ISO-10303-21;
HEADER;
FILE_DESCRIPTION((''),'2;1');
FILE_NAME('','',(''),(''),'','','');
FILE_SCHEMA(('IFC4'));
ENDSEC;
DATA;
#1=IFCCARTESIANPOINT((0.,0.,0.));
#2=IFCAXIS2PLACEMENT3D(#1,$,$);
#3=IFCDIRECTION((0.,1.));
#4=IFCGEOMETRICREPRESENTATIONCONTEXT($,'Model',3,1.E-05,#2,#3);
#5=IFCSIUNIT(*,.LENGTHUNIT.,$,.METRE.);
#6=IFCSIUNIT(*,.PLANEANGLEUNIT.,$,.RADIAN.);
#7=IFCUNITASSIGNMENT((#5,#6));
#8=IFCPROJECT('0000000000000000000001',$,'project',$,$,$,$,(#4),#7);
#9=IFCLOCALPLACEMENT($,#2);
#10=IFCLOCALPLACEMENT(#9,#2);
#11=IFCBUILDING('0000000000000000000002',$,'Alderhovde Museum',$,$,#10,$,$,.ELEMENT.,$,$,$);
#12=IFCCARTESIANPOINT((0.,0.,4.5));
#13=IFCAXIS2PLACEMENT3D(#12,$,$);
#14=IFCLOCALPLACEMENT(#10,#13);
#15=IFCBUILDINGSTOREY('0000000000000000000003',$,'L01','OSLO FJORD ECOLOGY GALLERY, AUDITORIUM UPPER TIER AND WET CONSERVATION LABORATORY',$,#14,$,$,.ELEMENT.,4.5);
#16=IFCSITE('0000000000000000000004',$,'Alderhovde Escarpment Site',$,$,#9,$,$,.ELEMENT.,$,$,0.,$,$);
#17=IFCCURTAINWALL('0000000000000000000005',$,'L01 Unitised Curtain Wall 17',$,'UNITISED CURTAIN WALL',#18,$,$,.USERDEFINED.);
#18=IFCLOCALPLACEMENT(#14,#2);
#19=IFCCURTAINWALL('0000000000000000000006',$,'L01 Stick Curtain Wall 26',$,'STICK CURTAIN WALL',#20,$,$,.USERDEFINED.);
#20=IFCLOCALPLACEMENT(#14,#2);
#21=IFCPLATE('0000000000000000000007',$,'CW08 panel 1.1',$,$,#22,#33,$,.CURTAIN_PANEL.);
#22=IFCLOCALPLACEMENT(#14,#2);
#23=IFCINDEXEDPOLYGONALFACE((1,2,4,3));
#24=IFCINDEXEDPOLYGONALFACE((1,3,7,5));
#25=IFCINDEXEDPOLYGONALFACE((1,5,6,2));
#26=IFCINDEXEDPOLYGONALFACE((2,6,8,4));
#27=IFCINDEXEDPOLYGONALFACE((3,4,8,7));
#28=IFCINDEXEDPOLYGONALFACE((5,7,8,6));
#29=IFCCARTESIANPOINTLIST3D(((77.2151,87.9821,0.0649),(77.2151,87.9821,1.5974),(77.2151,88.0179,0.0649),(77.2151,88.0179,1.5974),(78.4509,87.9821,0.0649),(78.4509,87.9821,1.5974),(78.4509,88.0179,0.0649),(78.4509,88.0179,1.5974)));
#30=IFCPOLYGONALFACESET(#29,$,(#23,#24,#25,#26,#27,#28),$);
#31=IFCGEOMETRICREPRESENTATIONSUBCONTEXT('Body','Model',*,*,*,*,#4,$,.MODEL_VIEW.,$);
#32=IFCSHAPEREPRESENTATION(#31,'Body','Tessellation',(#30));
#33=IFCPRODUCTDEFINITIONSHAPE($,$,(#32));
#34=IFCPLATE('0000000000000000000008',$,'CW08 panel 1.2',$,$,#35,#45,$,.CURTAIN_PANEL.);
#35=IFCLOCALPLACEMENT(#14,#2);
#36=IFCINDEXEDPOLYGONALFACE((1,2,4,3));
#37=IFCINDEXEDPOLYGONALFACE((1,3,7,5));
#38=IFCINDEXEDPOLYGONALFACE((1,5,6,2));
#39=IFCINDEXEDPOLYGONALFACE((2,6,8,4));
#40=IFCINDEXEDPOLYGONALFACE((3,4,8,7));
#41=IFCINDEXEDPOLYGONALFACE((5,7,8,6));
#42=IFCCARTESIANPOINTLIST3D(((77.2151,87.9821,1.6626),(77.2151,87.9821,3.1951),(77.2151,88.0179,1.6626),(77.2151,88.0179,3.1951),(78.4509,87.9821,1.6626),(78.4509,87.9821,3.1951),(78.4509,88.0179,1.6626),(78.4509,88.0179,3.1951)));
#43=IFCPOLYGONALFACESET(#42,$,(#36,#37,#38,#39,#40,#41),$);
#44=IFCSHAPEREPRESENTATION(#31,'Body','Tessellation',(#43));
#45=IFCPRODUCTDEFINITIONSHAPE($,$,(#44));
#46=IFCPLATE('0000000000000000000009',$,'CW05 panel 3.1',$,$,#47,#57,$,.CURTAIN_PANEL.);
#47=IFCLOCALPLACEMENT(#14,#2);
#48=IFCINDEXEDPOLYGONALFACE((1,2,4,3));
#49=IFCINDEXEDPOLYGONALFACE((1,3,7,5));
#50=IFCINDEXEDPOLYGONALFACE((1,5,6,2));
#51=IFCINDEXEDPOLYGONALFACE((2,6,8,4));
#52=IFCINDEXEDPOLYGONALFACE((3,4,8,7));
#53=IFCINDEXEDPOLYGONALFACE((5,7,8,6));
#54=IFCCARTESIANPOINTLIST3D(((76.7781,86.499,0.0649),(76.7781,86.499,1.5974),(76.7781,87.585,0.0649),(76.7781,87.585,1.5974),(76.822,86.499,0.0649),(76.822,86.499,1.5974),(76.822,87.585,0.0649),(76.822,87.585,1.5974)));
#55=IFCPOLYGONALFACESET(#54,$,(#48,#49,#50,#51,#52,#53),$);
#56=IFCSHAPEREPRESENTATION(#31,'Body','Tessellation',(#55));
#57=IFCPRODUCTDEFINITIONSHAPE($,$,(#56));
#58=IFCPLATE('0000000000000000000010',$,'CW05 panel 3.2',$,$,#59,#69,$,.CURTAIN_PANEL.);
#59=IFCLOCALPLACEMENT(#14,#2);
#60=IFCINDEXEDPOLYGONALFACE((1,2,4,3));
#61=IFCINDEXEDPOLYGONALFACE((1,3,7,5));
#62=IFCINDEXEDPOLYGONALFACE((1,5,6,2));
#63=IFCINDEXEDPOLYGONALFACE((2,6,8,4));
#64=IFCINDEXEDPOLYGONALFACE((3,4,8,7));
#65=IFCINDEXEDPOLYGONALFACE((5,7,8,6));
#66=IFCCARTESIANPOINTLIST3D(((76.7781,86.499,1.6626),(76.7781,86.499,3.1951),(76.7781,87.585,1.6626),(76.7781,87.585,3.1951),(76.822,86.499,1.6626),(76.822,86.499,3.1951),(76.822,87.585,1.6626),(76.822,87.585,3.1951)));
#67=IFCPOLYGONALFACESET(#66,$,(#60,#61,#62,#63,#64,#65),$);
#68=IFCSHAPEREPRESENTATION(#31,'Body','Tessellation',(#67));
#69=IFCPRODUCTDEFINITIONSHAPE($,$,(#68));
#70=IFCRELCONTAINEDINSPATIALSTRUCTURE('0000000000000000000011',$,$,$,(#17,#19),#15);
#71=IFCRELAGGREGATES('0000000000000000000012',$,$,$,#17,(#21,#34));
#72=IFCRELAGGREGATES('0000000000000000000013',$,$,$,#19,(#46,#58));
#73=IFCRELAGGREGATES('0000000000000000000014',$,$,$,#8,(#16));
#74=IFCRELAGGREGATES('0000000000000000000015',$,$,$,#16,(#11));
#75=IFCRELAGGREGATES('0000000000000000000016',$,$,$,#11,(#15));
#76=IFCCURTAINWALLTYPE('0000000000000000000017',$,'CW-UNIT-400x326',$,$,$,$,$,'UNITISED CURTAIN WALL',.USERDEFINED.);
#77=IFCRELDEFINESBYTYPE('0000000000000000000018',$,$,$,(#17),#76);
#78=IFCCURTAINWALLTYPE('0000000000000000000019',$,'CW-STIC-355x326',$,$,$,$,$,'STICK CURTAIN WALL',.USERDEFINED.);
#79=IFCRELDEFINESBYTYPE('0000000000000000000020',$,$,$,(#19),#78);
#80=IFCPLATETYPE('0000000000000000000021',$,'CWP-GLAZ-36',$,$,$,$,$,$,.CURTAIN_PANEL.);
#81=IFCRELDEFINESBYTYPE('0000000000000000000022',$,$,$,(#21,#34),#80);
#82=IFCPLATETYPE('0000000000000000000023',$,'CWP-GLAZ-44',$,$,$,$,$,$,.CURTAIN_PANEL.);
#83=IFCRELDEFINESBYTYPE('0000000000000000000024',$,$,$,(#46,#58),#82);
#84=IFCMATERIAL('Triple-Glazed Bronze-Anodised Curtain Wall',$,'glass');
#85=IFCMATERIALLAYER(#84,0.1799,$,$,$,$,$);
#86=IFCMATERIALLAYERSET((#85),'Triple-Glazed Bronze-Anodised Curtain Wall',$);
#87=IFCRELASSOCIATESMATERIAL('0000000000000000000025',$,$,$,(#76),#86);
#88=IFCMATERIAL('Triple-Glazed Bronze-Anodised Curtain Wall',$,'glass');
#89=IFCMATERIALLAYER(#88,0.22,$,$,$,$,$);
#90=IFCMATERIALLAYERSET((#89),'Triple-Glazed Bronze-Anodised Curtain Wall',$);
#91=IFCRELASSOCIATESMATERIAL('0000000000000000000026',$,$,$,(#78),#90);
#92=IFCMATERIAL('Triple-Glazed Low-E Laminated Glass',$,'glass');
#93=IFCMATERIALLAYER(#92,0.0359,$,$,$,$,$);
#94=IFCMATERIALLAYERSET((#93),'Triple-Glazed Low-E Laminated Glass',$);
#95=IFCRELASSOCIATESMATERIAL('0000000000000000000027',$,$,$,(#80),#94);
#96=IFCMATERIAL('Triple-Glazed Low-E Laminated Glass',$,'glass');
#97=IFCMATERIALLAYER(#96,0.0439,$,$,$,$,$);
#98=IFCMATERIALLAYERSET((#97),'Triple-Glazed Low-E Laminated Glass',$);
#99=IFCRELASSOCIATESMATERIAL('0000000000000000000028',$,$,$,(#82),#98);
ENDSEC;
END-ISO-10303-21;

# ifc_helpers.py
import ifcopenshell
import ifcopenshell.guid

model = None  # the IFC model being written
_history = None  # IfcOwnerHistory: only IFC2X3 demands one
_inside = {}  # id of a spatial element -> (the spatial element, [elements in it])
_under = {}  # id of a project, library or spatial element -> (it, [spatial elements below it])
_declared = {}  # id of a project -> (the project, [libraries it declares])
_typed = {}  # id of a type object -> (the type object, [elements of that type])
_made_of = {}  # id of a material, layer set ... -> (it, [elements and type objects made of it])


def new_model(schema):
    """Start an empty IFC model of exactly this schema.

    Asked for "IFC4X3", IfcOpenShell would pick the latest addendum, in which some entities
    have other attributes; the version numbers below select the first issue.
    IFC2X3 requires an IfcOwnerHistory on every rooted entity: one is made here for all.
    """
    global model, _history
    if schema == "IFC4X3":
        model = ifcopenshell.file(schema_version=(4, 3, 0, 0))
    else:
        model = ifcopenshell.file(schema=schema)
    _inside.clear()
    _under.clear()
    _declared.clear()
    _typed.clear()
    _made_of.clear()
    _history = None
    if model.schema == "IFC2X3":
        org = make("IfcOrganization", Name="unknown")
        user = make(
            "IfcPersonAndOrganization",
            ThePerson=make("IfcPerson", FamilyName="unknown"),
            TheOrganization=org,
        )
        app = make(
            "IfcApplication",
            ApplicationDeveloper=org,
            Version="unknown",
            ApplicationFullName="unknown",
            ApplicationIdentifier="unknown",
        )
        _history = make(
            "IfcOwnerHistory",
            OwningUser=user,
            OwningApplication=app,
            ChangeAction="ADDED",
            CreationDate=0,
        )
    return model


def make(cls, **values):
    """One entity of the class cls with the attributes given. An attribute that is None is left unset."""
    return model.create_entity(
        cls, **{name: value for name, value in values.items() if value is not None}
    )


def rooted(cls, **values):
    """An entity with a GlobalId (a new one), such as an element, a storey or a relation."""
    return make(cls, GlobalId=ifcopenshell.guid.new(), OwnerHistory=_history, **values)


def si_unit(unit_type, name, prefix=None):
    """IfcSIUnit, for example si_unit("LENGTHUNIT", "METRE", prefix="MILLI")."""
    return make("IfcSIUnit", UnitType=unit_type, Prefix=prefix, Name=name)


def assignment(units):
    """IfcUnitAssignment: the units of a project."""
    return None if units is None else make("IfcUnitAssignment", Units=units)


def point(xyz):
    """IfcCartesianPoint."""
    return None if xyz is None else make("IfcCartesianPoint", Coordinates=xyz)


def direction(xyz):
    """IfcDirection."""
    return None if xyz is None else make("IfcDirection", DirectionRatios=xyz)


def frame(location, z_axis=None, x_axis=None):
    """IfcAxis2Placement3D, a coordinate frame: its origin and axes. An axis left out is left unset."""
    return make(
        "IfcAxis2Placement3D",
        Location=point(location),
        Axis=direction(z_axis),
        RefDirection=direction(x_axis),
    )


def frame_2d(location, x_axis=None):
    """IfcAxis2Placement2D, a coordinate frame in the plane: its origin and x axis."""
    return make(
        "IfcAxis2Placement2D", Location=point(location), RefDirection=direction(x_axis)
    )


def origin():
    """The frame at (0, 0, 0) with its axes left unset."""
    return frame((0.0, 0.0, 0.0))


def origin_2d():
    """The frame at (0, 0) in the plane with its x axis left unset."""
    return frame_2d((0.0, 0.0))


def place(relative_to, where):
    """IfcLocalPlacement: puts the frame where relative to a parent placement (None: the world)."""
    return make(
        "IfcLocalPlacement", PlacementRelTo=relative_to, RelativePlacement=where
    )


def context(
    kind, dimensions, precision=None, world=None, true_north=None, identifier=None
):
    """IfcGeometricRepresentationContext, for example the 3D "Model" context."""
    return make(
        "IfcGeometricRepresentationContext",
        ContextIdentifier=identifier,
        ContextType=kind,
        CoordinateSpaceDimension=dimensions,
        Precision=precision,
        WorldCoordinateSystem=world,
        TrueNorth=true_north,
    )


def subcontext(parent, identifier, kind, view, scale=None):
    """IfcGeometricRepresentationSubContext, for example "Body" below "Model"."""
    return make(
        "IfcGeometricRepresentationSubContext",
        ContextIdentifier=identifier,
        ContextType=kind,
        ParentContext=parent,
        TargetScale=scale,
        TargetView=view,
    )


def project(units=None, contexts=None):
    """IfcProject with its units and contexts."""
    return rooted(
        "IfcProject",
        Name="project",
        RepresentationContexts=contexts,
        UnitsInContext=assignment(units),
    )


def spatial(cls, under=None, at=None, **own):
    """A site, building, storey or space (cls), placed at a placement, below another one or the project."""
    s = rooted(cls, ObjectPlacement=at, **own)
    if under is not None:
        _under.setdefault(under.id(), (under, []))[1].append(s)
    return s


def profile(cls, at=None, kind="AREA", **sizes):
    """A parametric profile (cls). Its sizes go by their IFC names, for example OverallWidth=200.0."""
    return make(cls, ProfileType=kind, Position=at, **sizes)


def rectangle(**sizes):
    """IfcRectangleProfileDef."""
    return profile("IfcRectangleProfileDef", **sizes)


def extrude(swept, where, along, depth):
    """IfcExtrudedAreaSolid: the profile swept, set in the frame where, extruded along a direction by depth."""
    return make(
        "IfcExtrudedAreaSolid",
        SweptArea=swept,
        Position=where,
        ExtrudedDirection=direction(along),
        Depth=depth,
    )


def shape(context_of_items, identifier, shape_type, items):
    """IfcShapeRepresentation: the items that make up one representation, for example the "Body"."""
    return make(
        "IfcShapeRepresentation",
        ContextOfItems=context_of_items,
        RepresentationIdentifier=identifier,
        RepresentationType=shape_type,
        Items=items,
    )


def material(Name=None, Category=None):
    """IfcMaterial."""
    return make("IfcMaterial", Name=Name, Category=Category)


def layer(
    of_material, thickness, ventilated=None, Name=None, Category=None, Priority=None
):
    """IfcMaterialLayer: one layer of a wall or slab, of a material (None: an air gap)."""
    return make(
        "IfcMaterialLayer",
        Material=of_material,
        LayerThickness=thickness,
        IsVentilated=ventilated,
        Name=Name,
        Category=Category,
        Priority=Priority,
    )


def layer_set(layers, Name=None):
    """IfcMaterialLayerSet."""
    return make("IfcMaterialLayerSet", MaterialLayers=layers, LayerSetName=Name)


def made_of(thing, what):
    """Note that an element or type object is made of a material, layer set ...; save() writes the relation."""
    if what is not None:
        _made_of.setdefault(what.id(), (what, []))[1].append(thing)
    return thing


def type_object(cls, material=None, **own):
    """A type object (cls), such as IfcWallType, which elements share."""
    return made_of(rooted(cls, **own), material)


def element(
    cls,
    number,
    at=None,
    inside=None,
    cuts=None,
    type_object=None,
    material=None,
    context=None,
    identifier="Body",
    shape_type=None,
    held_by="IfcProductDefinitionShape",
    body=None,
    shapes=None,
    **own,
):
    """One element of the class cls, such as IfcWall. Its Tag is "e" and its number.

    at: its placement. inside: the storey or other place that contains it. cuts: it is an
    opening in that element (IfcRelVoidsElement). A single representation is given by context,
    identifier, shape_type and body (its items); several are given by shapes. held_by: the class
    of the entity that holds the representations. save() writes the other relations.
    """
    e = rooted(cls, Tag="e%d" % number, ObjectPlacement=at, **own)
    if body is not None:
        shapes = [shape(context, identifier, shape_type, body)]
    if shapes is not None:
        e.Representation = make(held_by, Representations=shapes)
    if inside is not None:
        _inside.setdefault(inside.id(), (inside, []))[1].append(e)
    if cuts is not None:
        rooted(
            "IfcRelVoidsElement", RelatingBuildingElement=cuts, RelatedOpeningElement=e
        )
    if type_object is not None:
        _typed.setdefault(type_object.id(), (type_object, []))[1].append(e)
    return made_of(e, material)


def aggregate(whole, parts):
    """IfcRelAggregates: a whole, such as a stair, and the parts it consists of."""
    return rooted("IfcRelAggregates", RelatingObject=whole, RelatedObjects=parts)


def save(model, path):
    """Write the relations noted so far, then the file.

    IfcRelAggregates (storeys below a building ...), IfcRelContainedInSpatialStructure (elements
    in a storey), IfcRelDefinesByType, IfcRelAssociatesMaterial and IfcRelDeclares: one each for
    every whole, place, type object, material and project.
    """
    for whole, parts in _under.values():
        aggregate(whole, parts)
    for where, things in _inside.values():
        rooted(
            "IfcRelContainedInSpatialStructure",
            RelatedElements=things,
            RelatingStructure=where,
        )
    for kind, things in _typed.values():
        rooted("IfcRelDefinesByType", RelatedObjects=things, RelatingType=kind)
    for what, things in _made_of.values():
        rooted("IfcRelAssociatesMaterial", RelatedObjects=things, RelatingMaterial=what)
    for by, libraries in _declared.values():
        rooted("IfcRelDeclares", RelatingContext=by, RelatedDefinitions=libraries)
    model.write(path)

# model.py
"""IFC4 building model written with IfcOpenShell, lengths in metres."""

from ifc_helpers import new_model, si_unit, direction, frame, origin, origin_2d, place, context, subcontext, project, spatial, rectangle, extrude, material, layer, layer_set, type_object, element, aggregate, save


model = new_model("IFC4")

# Units and contexts
model_context = context("Model", 3, precision=1e-05, world=origin(), true_north=direction((0.0, 1.0)))
body_context = subcontext(model_context, "Body", "Model", "MODEL_VIEW")
ifc_project = project(units=[si_unit("LENGTHUNIT", "METRE"), si_unit("PLANEANGLEUNIT", "RADIAN")], contexts=[model_context])

# Site, building, storey
site_placement = place(None, origin())
site = spatial("IfcSite", under=ifc_project, at=site_placement, Name="Alderhovde Escarpment Site", CompositionType="ELEMENT", RefElevation=0.0)
building_placement = place(site_placement, origin())
building = spatial("IfcBuilding", under=site, at=building_placement, Name="Alderhovde Museum", CompositionType="ELEMENT")
storey_placement = place(building_placement, frame((0.0, 0.0, 4.5)))
storey = spatial("IfcBuildingStorey", under=building, at=storey_placement, Name="L01", Description="OSLO FJORD ECOLOGY GALLERY, AUDITORIUM UPPER TIER AND WET CONSERVATION LABORATORY", CompositionType="ELEMENT", Elevation=4.5)

# Curtain wall
ifc_material_1 = material(Name="Triple-Glazed Bronze-Anodised Curtain Wall", Category="glass")
ifc_layer_1 = layer(ifc_material_1, 0.1799)
ifc_layer_set_1 = layer_set([ifc_layer_1], Name="Triple-Glazed Bronze-Anodised Curtain Wall")
curtain_wall_type_1 = type_object("IfcCurtainWallType", Name="CW-UNIT-400x326", ElementType="UNITISED CURTAIN WALL", PredefinedType="USERDEFINED", material=ifc_layer_set_1)
curtain_wall_1_placement = place(storey_placement, origin())
curtain_wall_1 = element("IfcCurtainWall", 1, at=curtain_wall_1_placement, inside=storey, type_object=curtain_wall_type_1, Name="L01 Unitised Curtain Wall 17", ObjectType="UNITISED CURTAIN WALL", PredefinedType="USERDEFINED")

# Curtain wall
ifc_material_2 = material(Name="Triple-Glazed Bronze-Anodised Curtain Wall", Category="glass")
ifc_layer_2 = layer(ifc_material_2, 0.22)
ifc_layer_set_2 = layer_set([ifc_layer_2], Name="Triple-Glazed Bronze-Anodised Curtain Wall")
curtain_wall_type_2 = type_object("IfcCurtainWallType", Name="CW-STIC-355x326", ElementType="STICK CURTAIN WALL", PredefinedType="USERDEFINED", material=ifc_layer_set_2)
curtain_wall_2_placement = place(storey_placement, origin())
curtain_wall_2 = element("IfcCurtainWall", 2, at=curtain_wall_2_placement, inside=storey, type_object=curtain_wall_type_2, Name="L01 Stick Curtain Wall 26", ObjectType="STICK CURTAIN WALL", PredefinedType="USERDEFINED")

# Plates
ifc_material_3 = material(Name="Triple-Glazed Low-E Laminated Glass", Category="glass")
ifc_layer_3 = layer(ifc_material_3, 0.0359)
ifc_layer_set_3 = layer_set([ifc_layer_3], Name="Triple-Glazed Low-E Laminated Glass")
plate_type_1 = type_object("IfcPlateType", Name="CWP-GLAZ-36", PredefinedType="CURTAIN_PANEL", material=ifc_layer_set_3)
plate_1_placement = place(storey_placement, frame((77.833, 88.0, 0.0649), z_axis=(0.0, 0.0, 1.0), x_axis=(1.0, 0.0, 0.0)))
plate_1 = element("IfcPlate", 3, at=plate_1_placement, type_object=plate_type_1, Name="CW08 panel 1.1", PredefinedType="CURTAIN_PANEL", context=body_context, shape_type="SweptSolid", body=[
    extrude(rectangle(XDim=1.2358, YDim=0.0359, at=origin_2d()), origin(), (0.0, 0.0, 1.0), 1.5325),
])
plate_2_placement = place(storey_placement, frame((77.833, 88.0, 1.6626), z_axis=(0.0, 0.0, 1.0), x_axis=(1.0, 0.0, 0.0)))
plate_2 = element("IfcPlate", 4, at=plate_2_placement, type_object=plate_type_1, Name="CW08 panel 1.2", PredefinedType="CURTAIN_PANEL", context=body_context, shape_type="SweptSolid", body=[
    extrude(rectangle(XDim=1.2358, YDim=0.0359, at=origin_2d()), origin(), (0.0, 0.0, 1.0), 1.5325),
])
aggregate(curtain_wall_1, [plate_1, plate_2])
ifc_material_4 = material(Name="Triple-Glazed Low-E Laminated Glass", Category="glass")
ifc_layer_4 = layer(ifc_material_4, 0.0439)
ifc_layer_set_4 = layer_set([ifc_layer_4], Name="Triple-Glazed Low-E Laminated Glass")
plate_type_2 = type_object("IfcPlateType", Name="CWP-GLAZ-44", PredefinedType="CURTAIN_PANEL", material=ifc_layer_set_4)
plate_3_placement = place(storey_placement, frame((76.8, 87.042, 0.0649), z_axis=(0.0, 0.0, 1.0), x_axis=(0.0, 1.0, 0.0)))
plate_3 = element("IfcPlate", 5, at=plate_3_placement, type_object=plate_type_2, Name="CW05 panel 3.1", PredefinedType="CURTAIN_PANEL", context=body_context, shape_type="SweptSolid", body=[
    extrude(rectangle(XDim=1.0859, YDim=0.0439, at=origin_2d()), origin(), (0.0, 0.0, 1.0), 1.5325),
])
plate_4_placement = place(storey_placement, frame((76.8, 87.042, 1.6626), z_axis=(0.0, 0.0, 1.0), x_axis=(0.0, 1.0, 0.0)))
plate_4 = element("IfcPlate", 6, at=plate_4_placement, type_object=plate_type_2, Name="CW05 panel 3.2", PredefinedType="CURTAIN_PANEL", context=body_context, shape_type="SweptSolid", body=[
    extrude(rectangle(XDim=1.0859, YDim=0.0439, at=origin_2d()), origin(), (0.0, 0.0, 1.0), 1.5325),
])
aggregate(curtain_wall_2, [plate_3, plate_4])

save(model, "model.ifc")
